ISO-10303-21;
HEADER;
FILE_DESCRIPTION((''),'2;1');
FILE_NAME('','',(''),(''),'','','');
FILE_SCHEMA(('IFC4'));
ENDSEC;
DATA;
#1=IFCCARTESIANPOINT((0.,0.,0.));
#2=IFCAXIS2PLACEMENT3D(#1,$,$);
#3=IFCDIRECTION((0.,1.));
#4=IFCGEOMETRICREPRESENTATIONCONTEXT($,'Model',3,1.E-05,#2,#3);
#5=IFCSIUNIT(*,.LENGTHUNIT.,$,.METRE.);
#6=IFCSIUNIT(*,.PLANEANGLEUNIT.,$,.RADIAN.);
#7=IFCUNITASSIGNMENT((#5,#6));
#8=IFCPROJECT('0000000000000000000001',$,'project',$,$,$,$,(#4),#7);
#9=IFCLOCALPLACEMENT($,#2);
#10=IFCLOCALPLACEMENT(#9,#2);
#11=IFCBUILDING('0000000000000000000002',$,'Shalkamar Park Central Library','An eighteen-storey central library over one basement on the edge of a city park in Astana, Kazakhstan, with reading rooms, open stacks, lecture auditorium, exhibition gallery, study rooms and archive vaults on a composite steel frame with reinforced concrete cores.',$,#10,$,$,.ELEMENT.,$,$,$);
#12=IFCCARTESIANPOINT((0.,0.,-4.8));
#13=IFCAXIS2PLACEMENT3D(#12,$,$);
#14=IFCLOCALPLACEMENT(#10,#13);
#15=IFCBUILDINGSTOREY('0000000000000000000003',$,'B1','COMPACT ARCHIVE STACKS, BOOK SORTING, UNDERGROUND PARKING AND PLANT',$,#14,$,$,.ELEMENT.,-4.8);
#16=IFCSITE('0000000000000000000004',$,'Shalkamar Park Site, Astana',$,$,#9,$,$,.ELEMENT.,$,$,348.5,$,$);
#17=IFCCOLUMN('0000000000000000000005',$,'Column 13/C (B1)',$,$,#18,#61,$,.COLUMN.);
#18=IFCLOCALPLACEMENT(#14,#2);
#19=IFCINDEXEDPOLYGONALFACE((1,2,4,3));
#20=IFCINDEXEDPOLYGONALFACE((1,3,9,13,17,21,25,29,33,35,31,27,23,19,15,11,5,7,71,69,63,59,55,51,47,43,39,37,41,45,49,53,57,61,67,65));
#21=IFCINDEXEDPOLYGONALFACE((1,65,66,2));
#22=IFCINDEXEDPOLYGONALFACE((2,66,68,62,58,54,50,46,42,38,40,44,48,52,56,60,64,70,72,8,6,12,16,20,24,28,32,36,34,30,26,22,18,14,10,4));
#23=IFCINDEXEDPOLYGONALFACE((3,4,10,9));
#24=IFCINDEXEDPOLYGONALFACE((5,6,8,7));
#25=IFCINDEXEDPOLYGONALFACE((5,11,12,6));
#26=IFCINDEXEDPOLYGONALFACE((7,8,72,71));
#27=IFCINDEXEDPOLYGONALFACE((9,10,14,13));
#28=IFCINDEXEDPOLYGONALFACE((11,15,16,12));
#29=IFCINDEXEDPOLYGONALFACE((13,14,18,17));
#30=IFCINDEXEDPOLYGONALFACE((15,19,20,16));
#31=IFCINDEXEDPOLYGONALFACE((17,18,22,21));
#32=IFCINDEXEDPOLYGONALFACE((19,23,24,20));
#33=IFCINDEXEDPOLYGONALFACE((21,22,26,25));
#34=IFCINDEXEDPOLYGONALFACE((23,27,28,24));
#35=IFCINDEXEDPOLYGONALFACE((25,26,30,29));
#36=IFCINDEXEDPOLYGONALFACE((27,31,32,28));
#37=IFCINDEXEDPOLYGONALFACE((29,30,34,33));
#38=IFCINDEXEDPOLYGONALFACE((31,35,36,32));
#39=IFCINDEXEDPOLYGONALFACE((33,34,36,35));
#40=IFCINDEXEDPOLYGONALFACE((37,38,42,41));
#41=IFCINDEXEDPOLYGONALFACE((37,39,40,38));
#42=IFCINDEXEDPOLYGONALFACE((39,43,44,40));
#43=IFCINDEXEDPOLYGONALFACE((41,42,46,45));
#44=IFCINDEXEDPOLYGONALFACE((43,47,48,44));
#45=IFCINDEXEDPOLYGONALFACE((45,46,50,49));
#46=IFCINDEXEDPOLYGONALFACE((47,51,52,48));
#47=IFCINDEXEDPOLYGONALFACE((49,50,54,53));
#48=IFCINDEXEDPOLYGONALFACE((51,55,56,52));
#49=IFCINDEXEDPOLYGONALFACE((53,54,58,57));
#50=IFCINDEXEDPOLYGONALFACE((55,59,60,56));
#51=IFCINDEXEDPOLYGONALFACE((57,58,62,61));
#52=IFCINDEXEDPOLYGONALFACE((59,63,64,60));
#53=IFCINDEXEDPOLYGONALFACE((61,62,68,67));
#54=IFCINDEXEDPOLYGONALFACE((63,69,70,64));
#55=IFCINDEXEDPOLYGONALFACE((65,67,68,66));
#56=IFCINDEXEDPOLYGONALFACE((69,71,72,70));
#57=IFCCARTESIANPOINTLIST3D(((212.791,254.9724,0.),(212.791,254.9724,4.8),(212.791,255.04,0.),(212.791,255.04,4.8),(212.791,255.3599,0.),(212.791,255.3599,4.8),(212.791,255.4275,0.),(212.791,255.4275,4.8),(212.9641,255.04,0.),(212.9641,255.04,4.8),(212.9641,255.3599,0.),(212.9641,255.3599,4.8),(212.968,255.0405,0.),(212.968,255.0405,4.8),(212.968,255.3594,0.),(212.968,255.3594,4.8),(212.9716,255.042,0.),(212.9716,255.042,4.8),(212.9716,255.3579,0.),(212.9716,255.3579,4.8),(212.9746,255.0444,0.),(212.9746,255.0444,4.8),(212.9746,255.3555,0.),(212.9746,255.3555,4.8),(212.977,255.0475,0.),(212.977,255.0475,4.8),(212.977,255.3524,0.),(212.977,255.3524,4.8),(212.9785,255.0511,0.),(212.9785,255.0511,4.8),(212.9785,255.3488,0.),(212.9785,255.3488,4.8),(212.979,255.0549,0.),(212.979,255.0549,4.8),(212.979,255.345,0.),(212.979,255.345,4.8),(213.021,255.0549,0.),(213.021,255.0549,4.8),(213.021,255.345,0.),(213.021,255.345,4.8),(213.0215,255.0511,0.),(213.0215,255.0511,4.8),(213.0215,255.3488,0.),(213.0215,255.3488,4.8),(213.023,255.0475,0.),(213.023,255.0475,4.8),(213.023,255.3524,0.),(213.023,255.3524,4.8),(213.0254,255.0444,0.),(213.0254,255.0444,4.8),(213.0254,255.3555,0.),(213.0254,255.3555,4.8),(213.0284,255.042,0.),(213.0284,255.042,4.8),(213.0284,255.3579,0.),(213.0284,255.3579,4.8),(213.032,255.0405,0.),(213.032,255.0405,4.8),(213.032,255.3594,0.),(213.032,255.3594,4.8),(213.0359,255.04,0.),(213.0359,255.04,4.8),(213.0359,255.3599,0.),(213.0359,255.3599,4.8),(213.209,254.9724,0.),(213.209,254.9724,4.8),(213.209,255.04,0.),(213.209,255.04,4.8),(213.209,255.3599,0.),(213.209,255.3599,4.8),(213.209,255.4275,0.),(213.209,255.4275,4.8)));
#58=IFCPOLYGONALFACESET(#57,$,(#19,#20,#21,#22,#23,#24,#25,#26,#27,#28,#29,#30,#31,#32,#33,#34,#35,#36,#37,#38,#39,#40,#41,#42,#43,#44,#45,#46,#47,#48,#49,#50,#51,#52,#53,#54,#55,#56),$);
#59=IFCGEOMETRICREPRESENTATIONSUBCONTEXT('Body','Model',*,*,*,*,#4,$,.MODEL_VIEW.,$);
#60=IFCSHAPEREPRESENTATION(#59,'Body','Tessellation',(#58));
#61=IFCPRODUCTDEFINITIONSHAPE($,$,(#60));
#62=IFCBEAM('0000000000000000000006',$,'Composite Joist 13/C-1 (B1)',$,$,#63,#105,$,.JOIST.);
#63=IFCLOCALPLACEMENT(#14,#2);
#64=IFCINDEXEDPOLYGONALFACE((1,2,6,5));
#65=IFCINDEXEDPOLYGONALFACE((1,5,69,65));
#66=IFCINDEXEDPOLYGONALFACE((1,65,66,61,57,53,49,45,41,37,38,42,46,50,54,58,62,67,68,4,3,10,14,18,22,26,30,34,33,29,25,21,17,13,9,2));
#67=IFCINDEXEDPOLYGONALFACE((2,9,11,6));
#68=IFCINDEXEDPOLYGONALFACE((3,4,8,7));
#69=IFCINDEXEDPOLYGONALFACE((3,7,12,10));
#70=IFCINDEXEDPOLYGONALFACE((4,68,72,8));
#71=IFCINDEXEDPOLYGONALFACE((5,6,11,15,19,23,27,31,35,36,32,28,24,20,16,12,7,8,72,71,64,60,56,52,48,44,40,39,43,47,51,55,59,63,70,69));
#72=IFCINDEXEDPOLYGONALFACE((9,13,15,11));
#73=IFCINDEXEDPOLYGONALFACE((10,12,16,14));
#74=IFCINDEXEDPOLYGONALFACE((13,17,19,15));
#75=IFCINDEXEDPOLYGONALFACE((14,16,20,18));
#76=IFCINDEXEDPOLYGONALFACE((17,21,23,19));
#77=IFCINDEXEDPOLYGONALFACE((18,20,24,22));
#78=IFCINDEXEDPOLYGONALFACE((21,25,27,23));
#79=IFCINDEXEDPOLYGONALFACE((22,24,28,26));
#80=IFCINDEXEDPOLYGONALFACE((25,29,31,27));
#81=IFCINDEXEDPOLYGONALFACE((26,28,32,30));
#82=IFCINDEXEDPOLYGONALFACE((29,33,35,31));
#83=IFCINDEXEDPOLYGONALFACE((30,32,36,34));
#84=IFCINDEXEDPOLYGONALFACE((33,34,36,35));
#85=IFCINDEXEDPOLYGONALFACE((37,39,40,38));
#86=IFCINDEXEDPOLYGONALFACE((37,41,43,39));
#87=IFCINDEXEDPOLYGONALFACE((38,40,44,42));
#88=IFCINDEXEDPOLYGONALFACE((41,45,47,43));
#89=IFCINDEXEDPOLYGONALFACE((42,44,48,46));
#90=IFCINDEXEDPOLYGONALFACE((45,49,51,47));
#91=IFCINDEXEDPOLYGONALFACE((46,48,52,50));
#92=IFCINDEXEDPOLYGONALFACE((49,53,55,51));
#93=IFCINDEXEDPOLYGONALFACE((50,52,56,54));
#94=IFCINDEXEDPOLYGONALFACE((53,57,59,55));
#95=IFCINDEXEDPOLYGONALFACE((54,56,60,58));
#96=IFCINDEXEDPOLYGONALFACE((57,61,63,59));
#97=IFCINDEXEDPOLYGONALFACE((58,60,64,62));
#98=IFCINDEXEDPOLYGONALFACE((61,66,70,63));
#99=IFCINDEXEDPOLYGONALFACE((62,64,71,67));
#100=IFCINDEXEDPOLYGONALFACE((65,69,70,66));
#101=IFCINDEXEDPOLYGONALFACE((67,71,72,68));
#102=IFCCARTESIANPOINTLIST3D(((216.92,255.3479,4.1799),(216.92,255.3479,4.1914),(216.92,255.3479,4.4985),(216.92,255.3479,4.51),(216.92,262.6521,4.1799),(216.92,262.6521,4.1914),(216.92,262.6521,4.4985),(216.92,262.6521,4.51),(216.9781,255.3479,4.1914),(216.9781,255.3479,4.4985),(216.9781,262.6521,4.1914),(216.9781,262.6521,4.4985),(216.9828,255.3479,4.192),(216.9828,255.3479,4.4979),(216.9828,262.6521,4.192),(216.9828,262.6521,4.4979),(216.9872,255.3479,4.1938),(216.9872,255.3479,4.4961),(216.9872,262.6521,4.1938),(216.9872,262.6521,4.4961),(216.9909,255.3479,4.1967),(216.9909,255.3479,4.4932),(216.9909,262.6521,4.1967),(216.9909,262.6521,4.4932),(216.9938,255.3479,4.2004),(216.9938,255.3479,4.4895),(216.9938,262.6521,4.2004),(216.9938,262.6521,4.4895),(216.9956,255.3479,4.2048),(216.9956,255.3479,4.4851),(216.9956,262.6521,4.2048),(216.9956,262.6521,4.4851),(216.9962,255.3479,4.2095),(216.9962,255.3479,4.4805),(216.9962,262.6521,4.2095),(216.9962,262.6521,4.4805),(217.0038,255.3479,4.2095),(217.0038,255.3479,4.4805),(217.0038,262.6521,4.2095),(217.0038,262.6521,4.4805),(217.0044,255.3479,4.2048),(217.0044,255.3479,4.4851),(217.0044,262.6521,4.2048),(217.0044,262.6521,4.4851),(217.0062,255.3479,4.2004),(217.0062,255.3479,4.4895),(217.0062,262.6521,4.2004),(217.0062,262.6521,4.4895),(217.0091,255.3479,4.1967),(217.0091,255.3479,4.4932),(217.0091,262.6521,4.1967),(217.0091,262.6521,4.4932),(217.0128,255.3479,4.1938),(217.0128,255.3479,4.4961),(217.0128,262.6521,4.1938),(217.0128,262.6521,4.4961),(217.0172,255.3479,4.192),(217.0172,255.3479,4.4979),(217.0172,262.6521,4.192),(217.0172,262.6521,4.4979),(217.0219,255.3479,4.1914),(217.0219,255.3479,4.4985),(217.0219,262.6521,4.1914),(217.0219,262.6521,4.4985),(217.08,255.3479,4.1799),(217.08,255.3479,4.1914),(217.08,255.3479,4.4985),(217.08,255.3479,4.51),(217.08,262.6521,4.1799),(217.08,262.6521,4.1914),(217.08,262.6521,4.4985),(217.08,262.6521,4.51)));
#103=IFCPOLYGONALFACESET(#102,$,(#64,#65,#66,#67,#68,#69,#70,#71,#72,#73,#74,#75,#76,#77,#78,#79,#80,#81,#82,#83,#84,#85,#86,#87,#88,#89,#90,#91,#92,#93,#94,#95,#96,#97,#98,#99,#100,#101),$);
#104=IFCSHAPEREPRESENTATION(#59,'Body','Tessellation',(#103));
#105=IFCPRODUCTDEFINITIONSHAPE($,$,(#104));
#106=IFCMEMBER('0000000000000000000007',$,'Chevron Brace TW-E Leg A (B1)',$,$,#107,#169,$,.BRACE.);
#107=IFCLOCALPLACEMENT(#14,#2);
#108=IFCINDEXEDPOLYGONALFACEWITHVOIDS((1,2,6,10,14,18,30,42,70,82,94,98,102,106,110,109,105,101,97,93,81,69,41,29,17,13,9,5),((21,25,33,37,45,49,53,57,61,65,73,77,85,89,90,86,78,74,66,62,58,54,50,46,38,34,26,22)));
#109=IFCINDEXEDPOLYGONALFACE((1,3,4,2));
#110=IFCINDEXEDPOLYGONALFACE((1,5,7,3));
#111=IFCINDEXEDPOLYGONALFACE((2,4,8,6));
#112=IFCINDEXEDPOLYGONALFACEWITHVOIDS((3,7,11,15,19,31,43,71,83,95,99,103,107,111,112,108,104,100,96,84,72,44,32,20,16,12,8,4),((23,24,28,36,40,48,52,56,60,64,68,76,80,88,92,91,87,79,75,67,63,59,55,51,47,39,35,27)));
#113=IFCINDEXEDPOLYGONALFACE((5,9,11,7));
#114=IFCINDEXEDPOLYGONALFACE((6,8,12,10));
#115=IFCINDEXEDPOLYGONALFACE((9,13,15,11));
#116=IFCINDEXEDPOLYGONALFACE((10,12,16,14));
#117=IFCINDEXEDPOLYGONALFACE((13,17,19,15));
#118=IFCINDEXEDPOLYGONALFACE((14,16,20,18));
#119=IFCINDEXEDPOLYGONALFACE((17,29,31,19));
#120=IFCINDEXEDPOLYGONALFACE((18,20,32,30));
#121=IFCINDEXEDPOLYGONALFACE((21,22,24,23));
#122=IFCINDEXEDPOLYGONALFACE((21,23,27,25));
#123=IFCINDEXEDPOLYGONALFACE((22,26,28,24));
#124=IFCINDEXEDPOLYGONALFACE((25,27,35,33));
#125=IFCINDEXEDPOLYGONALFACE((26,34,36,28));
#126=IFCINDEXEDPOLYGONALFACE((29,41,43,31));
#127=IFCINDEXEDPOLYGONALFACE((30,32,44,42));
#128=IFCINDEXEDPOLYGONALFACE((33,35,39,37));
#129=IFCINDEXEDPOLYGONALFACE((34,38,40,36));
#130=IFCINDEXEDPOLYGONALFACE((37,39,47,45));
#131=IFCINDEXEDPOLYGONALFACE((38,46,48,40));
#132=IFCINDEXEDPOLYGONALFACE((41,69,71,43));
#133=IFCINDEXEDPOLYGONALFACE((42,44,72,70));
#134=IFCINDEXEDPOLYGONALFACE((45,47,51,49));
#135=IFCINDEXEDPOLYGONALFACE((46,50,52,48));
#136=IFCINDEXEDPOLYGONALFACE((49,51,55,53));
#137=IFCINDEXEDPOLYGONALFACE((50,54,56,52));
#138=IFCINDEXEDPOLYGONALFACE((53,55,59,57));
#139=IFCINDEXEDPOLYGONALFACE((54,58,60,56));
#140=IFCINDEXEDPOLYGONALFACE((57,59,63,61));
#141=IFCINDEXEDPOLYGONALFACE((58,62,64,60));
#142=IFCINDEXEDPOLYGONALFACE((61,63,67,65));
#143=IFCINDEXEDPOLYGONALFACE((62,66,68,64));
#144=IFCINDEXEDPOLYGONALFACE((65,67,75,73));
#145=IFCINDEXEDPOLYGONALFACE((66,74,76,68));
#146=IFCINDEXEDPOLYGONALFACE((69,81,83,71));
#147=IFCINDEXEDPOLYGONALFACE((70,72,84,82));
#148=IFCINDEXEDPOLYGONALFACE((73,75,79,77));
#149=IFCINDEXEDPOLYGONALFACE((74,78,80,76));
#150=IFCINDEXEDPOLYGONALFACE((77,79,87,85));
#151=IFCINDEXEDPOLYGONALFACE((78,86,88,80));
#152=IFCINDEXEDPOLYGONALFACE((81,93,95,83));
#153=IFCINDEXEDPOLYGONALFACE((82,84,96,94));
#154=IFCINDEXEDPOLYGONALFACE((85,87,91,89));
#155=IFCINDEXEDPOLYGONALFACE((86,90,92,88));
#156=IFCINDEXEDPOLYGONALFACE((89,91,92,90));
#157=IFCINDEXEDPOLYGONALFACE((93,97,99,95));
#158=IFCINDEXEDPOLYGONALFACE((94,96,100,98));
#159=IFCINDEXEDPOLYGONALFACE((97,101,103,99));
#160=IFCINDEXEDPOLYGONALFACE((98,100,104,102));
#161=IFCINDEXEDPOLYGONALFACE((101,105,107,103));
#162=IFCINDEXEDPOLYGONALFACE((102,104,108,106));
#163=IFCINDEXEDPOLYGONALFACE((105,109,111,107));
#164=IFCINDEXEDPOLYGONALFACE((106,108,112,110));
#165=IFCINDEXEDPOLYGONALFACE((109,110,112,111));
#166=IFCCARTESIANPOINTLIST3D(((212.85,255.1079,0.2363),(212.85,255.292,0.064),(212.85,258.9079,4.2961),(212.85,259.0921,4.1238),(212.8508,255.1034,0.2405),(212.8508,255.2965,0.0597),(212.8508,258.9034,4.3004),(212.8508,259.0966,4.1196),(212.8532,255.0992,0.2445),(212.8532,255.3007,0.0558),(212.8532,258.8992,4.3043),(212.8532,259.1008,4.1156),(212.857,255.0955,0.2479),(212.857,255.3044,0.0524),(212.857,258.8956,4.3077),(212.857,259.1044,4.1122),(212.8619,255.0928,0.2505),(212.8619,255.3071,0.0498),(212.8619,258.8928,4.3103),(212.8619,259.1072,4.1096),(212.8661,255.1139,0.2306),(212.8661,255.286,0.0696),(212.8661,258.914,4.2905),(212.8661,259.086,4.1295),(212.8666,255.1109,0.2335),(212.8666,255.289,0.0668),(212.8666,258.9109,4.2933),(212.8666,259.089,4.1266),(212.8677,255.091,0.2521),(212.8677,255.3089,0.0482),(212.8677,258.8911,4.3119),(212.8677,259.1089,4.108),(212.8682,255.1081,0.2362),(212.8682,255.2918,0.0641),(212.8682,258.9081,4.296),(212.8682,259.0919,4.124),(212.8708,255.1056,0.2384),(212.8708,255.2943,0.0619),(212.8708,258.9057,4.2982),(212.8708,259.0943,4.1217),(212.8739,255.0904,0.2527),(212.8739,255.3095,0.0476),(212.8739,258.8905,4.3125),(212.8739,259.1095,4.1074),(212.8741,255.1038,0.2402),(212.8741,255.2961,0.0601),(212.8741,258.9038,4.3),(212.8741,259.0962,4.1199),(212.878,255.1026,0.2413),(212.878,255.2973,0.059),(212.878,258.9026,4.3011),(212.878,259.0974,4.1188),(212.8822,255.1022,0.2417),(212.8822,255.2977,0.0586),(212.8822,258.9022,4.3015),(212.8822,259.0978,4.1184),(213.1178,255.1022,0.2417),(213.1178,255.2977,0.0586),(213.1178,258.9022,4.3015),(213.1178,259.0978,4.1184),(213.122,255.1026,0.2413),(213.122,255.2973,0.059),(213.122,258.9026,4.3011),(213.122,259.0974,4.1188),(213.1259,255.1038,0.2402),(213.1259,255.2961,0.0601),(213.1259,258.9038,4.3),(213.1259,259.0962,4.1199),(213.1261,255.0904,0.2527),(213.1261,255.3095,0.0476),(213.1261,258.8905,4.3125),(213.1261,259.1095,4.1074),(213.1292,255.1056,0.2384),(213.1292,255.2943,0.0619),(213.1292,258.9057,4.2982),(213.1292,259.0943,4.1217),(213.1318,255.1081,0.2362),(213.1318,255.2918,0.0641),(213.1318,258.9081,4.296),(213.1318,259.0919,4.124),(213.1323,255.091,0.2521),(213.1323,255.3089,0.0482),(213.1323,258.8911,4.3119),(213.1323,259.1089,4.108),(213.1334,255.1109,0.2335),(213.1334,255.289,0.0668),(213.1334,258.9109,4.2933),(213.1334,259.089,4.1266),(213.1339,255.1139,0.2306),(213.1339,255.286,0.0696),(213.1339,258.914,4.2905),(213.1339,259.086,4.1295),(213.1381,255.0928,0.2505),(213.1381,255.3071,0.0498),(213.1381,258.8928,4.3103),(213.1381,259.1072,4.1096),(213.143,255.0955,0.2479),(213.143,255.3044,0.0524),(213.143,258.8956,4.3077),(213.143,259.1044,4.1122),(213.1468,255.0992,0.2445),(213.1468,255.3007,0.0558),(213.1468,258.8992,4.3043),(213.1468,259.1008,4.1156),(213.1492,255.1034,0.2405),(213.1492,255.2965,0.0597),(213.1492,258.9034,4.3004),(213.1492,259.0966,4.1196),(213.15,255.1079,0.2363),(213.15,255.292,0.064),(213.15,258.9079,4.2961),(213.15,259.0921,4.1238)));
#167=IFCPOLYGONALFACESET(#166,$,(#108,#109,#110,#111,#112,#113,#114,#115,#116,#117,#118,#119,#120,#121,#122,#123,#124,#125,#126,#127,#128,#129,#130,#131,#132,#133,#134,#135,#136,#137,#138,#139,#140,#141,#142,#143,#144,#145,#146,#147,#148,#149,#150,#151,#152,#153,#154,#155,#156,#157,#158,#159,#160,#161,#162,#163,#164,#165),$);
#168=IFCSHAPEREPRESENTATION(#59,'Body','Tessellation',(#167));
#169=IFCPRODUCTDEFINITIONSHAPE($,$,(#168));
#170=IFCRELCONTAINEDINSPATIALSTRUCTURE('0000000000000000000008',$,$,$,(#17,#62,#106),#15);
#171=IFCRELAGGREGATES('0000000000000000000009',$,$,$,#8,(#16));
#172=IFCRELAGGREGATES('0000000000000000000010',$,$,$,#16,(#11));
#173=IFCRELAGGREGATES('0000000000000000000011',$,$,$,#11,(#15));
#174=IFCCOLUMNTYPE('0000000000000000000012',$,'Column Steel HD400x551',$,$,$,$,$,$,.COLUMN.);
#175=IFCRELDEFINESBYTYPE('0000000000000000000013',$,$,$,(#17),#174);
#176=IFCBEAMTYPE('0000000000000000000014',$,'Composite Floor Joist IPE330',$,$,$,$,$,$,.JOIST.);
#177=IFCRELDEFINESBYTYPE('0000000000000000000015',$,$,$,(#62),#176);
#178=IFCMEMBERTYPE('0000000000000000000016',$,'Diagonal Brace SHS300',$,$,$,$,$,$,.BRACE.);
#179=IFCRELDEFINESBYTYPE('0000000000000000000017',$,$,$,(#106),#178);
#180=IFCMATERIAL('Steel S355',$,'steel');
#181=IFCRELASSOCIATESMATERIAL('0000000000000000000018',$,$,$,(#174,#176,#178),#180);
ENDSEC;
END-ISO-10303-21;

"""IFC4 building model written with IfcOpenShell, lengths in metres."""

from ifc_helpers import new_model, si_unit, direction, frame, origin, origin_2d, place, context, subcontext, project, spatial, hollow_rectangle, i_section, extrude, material, material_profile, profile_set, type_object, element, save


model = new_model("IFC4")

# Units and contexts
model_context = context("Model", 3, precision=1e-05, world=origin(), true_north=direction((0.0, 1.0)))
body_context = subcontext(model_context, "Body", "Model", "MODEL_VIEW")
ifc_project = project(units=[si_unit("LENGTHUNIT", "METRE"), si_unit("PLANEANGLEUNIT", "RADIAN")], contexts=[model_context])

# Site, building, storey
site_placement = place(None, origin())
site = spatial("IfcSite", under=ifc_project, at=site_placement, Name="Shalkamar Park Site, Astana", CompositionType="ELEMENT", RefElevation=348.5)
building_placement = place(site_placement, origin())
building = spatial("IfcBuilding", under=site, at=building_placement, Name="Shalkamar Park Central Library", Description="An eighteen-storey central library over one basement on the edge of a city park in Astana, Kazakhstan, with reading rooms, open stacks, lecture auditorium, exhibition gallery, study rooms and archive vaults on a composite steel frame with reinforced concrete cores.", CompositionType="ELEMENT")
storey_placement = place(building_placement, frame((0.0, 0.0, -4.8)))
storey = spatial("IfcBuildingStorey", under=building, at=storey_placement, Name="B1", Description="COMPACT ARCHIVE STACKS, BOOK SORTING, UNDERGROUND PARKING AND PLANT", CompositionType="ELEMENT", Elevation=-4.8)

# Column
ifc_material_1 = material(Name="Steel S355", Category="steel")
ifc_material_profile_1 = material_profile(ifc_material_1, i_section(OverallWidth=0.418, OverallDepth=0.4551, WebThickness=0.042, FlangeThickness=0.0676, FilletRadius=0.0149, at=origin_2d()), Name="HD 400x551")
ifc_profile_set_1 = profile_set([ifc_material_profile_1], Name="Steel S355")
column_type_1 = type_object("IfcColumnType", Name="Column Steel HD400x551", PredefinedType="COLUMN", material=ifc_profile_set_1)
column_1_placement = place(storey_placement, frame((213.0, 255.2, 0.0), z_axis=(0.0, 0.0, 1.0), x_axis=(1.0, 0.0, 0.0)))
element("IfcColumn", 1, at=column_1_placement, inside=storey, type_object=column_type_1, Name="Column 13/C (B1)", PredefinedType="COLUMN", context=body_context, shape_type="SweptSolid", body=[
    extrude(i_section(OverallWidth=0.418, OverallDepth=0.4551, WebThickness=0.042, FlangeThickness=0.0676, FilletRadius=0.0149, at=origin_2d()), origin(), (0.0, 0.0, 1.0), 4.8),
])

# Beam
ifc_material_profile_2 = material_profile(ifc_material_1, i_section(OverallWidth=0.1599, OverallDepth=0.3301, WebThickness=0.0076, FlangeThickness=0.0115, FilletRadius=0.0181, at=origin_2d()), Name="IPE 330")
ifc_profile_set_2 = profile_set([ifc_material_profile_2], Name="Steel S355")
beam_type_1 = type_object("IfcBeamType", Name="Composite Floor Joist IPE330", PredefinedType="JOIST", material=ifc_profile_set_2)
beam_1_placement = place(storey_placement, frame((217.0, 255.3479, 4.345), z_axis=(0.0, 1.0, 0.0), x_axis=(-1.0, 0.0, 0.0)))
element("IfcBeam", 2, at=beam_1_placement, inside=storey, type_object=beam_type_1, Name="Composite Joist 13/C-1 (B1)", PredefinedType="JOIST", context=body_context, shape_type="SweptSolid", body=[
    extrude(i_section(OverallWidth=0.1599, OverallDepth=0.3301, WebThickness=0.0076, FlangeThickness=0.0115, FilletRadius=0.0181, at=origin_2d()), origin(), (0.0, 0.0, 1.0), 7.3042),
])

# Member
ifc_material_profile_3 = material_profile(ifc_material_1, hollow_rectangle(XDim=0.3, YDim=0.3, WallThickness=0.0161, InnerFilletRadius=0.0161, OuterFilletRadius=0.0239, at=origin_2d()), Name="SHS 300x300x16")
ifc_profile_set_3 = profile_set([ifc_material_profile_3], Name="Steel S355")
member_type = type_object("IfcMemberType", Name="Diagonal Brace SHS300", PredefinedType="BRACE", material=ifc_profile_set_3)
member_placement = place(storey_placement, frame((213.0, 255.2, 0.1501), z_axis=(0.0, 0.683364, 0.730078), x_axis=(-1.0, 0.0, 0.0)))
element("IfcMember", 3, at=member_placement, inside=storey, type_object=member_type, Name="Chevron Brace TW-E Leg A (B1)", PredefinedType="BRACE", context=body_context, shape_type="SweptSolid", body=[
    extrude(hollow_rectangle(XDim=0.3, YDim=0.3, WallThickness=0.0161, InnerFilletRadius=0.0161, OuterFilletRadius=0.0239, at=origin_2d()), origin(), (0.0, 0.0, 1.0), 5.5608),
])

save(model, "model.ifc")
